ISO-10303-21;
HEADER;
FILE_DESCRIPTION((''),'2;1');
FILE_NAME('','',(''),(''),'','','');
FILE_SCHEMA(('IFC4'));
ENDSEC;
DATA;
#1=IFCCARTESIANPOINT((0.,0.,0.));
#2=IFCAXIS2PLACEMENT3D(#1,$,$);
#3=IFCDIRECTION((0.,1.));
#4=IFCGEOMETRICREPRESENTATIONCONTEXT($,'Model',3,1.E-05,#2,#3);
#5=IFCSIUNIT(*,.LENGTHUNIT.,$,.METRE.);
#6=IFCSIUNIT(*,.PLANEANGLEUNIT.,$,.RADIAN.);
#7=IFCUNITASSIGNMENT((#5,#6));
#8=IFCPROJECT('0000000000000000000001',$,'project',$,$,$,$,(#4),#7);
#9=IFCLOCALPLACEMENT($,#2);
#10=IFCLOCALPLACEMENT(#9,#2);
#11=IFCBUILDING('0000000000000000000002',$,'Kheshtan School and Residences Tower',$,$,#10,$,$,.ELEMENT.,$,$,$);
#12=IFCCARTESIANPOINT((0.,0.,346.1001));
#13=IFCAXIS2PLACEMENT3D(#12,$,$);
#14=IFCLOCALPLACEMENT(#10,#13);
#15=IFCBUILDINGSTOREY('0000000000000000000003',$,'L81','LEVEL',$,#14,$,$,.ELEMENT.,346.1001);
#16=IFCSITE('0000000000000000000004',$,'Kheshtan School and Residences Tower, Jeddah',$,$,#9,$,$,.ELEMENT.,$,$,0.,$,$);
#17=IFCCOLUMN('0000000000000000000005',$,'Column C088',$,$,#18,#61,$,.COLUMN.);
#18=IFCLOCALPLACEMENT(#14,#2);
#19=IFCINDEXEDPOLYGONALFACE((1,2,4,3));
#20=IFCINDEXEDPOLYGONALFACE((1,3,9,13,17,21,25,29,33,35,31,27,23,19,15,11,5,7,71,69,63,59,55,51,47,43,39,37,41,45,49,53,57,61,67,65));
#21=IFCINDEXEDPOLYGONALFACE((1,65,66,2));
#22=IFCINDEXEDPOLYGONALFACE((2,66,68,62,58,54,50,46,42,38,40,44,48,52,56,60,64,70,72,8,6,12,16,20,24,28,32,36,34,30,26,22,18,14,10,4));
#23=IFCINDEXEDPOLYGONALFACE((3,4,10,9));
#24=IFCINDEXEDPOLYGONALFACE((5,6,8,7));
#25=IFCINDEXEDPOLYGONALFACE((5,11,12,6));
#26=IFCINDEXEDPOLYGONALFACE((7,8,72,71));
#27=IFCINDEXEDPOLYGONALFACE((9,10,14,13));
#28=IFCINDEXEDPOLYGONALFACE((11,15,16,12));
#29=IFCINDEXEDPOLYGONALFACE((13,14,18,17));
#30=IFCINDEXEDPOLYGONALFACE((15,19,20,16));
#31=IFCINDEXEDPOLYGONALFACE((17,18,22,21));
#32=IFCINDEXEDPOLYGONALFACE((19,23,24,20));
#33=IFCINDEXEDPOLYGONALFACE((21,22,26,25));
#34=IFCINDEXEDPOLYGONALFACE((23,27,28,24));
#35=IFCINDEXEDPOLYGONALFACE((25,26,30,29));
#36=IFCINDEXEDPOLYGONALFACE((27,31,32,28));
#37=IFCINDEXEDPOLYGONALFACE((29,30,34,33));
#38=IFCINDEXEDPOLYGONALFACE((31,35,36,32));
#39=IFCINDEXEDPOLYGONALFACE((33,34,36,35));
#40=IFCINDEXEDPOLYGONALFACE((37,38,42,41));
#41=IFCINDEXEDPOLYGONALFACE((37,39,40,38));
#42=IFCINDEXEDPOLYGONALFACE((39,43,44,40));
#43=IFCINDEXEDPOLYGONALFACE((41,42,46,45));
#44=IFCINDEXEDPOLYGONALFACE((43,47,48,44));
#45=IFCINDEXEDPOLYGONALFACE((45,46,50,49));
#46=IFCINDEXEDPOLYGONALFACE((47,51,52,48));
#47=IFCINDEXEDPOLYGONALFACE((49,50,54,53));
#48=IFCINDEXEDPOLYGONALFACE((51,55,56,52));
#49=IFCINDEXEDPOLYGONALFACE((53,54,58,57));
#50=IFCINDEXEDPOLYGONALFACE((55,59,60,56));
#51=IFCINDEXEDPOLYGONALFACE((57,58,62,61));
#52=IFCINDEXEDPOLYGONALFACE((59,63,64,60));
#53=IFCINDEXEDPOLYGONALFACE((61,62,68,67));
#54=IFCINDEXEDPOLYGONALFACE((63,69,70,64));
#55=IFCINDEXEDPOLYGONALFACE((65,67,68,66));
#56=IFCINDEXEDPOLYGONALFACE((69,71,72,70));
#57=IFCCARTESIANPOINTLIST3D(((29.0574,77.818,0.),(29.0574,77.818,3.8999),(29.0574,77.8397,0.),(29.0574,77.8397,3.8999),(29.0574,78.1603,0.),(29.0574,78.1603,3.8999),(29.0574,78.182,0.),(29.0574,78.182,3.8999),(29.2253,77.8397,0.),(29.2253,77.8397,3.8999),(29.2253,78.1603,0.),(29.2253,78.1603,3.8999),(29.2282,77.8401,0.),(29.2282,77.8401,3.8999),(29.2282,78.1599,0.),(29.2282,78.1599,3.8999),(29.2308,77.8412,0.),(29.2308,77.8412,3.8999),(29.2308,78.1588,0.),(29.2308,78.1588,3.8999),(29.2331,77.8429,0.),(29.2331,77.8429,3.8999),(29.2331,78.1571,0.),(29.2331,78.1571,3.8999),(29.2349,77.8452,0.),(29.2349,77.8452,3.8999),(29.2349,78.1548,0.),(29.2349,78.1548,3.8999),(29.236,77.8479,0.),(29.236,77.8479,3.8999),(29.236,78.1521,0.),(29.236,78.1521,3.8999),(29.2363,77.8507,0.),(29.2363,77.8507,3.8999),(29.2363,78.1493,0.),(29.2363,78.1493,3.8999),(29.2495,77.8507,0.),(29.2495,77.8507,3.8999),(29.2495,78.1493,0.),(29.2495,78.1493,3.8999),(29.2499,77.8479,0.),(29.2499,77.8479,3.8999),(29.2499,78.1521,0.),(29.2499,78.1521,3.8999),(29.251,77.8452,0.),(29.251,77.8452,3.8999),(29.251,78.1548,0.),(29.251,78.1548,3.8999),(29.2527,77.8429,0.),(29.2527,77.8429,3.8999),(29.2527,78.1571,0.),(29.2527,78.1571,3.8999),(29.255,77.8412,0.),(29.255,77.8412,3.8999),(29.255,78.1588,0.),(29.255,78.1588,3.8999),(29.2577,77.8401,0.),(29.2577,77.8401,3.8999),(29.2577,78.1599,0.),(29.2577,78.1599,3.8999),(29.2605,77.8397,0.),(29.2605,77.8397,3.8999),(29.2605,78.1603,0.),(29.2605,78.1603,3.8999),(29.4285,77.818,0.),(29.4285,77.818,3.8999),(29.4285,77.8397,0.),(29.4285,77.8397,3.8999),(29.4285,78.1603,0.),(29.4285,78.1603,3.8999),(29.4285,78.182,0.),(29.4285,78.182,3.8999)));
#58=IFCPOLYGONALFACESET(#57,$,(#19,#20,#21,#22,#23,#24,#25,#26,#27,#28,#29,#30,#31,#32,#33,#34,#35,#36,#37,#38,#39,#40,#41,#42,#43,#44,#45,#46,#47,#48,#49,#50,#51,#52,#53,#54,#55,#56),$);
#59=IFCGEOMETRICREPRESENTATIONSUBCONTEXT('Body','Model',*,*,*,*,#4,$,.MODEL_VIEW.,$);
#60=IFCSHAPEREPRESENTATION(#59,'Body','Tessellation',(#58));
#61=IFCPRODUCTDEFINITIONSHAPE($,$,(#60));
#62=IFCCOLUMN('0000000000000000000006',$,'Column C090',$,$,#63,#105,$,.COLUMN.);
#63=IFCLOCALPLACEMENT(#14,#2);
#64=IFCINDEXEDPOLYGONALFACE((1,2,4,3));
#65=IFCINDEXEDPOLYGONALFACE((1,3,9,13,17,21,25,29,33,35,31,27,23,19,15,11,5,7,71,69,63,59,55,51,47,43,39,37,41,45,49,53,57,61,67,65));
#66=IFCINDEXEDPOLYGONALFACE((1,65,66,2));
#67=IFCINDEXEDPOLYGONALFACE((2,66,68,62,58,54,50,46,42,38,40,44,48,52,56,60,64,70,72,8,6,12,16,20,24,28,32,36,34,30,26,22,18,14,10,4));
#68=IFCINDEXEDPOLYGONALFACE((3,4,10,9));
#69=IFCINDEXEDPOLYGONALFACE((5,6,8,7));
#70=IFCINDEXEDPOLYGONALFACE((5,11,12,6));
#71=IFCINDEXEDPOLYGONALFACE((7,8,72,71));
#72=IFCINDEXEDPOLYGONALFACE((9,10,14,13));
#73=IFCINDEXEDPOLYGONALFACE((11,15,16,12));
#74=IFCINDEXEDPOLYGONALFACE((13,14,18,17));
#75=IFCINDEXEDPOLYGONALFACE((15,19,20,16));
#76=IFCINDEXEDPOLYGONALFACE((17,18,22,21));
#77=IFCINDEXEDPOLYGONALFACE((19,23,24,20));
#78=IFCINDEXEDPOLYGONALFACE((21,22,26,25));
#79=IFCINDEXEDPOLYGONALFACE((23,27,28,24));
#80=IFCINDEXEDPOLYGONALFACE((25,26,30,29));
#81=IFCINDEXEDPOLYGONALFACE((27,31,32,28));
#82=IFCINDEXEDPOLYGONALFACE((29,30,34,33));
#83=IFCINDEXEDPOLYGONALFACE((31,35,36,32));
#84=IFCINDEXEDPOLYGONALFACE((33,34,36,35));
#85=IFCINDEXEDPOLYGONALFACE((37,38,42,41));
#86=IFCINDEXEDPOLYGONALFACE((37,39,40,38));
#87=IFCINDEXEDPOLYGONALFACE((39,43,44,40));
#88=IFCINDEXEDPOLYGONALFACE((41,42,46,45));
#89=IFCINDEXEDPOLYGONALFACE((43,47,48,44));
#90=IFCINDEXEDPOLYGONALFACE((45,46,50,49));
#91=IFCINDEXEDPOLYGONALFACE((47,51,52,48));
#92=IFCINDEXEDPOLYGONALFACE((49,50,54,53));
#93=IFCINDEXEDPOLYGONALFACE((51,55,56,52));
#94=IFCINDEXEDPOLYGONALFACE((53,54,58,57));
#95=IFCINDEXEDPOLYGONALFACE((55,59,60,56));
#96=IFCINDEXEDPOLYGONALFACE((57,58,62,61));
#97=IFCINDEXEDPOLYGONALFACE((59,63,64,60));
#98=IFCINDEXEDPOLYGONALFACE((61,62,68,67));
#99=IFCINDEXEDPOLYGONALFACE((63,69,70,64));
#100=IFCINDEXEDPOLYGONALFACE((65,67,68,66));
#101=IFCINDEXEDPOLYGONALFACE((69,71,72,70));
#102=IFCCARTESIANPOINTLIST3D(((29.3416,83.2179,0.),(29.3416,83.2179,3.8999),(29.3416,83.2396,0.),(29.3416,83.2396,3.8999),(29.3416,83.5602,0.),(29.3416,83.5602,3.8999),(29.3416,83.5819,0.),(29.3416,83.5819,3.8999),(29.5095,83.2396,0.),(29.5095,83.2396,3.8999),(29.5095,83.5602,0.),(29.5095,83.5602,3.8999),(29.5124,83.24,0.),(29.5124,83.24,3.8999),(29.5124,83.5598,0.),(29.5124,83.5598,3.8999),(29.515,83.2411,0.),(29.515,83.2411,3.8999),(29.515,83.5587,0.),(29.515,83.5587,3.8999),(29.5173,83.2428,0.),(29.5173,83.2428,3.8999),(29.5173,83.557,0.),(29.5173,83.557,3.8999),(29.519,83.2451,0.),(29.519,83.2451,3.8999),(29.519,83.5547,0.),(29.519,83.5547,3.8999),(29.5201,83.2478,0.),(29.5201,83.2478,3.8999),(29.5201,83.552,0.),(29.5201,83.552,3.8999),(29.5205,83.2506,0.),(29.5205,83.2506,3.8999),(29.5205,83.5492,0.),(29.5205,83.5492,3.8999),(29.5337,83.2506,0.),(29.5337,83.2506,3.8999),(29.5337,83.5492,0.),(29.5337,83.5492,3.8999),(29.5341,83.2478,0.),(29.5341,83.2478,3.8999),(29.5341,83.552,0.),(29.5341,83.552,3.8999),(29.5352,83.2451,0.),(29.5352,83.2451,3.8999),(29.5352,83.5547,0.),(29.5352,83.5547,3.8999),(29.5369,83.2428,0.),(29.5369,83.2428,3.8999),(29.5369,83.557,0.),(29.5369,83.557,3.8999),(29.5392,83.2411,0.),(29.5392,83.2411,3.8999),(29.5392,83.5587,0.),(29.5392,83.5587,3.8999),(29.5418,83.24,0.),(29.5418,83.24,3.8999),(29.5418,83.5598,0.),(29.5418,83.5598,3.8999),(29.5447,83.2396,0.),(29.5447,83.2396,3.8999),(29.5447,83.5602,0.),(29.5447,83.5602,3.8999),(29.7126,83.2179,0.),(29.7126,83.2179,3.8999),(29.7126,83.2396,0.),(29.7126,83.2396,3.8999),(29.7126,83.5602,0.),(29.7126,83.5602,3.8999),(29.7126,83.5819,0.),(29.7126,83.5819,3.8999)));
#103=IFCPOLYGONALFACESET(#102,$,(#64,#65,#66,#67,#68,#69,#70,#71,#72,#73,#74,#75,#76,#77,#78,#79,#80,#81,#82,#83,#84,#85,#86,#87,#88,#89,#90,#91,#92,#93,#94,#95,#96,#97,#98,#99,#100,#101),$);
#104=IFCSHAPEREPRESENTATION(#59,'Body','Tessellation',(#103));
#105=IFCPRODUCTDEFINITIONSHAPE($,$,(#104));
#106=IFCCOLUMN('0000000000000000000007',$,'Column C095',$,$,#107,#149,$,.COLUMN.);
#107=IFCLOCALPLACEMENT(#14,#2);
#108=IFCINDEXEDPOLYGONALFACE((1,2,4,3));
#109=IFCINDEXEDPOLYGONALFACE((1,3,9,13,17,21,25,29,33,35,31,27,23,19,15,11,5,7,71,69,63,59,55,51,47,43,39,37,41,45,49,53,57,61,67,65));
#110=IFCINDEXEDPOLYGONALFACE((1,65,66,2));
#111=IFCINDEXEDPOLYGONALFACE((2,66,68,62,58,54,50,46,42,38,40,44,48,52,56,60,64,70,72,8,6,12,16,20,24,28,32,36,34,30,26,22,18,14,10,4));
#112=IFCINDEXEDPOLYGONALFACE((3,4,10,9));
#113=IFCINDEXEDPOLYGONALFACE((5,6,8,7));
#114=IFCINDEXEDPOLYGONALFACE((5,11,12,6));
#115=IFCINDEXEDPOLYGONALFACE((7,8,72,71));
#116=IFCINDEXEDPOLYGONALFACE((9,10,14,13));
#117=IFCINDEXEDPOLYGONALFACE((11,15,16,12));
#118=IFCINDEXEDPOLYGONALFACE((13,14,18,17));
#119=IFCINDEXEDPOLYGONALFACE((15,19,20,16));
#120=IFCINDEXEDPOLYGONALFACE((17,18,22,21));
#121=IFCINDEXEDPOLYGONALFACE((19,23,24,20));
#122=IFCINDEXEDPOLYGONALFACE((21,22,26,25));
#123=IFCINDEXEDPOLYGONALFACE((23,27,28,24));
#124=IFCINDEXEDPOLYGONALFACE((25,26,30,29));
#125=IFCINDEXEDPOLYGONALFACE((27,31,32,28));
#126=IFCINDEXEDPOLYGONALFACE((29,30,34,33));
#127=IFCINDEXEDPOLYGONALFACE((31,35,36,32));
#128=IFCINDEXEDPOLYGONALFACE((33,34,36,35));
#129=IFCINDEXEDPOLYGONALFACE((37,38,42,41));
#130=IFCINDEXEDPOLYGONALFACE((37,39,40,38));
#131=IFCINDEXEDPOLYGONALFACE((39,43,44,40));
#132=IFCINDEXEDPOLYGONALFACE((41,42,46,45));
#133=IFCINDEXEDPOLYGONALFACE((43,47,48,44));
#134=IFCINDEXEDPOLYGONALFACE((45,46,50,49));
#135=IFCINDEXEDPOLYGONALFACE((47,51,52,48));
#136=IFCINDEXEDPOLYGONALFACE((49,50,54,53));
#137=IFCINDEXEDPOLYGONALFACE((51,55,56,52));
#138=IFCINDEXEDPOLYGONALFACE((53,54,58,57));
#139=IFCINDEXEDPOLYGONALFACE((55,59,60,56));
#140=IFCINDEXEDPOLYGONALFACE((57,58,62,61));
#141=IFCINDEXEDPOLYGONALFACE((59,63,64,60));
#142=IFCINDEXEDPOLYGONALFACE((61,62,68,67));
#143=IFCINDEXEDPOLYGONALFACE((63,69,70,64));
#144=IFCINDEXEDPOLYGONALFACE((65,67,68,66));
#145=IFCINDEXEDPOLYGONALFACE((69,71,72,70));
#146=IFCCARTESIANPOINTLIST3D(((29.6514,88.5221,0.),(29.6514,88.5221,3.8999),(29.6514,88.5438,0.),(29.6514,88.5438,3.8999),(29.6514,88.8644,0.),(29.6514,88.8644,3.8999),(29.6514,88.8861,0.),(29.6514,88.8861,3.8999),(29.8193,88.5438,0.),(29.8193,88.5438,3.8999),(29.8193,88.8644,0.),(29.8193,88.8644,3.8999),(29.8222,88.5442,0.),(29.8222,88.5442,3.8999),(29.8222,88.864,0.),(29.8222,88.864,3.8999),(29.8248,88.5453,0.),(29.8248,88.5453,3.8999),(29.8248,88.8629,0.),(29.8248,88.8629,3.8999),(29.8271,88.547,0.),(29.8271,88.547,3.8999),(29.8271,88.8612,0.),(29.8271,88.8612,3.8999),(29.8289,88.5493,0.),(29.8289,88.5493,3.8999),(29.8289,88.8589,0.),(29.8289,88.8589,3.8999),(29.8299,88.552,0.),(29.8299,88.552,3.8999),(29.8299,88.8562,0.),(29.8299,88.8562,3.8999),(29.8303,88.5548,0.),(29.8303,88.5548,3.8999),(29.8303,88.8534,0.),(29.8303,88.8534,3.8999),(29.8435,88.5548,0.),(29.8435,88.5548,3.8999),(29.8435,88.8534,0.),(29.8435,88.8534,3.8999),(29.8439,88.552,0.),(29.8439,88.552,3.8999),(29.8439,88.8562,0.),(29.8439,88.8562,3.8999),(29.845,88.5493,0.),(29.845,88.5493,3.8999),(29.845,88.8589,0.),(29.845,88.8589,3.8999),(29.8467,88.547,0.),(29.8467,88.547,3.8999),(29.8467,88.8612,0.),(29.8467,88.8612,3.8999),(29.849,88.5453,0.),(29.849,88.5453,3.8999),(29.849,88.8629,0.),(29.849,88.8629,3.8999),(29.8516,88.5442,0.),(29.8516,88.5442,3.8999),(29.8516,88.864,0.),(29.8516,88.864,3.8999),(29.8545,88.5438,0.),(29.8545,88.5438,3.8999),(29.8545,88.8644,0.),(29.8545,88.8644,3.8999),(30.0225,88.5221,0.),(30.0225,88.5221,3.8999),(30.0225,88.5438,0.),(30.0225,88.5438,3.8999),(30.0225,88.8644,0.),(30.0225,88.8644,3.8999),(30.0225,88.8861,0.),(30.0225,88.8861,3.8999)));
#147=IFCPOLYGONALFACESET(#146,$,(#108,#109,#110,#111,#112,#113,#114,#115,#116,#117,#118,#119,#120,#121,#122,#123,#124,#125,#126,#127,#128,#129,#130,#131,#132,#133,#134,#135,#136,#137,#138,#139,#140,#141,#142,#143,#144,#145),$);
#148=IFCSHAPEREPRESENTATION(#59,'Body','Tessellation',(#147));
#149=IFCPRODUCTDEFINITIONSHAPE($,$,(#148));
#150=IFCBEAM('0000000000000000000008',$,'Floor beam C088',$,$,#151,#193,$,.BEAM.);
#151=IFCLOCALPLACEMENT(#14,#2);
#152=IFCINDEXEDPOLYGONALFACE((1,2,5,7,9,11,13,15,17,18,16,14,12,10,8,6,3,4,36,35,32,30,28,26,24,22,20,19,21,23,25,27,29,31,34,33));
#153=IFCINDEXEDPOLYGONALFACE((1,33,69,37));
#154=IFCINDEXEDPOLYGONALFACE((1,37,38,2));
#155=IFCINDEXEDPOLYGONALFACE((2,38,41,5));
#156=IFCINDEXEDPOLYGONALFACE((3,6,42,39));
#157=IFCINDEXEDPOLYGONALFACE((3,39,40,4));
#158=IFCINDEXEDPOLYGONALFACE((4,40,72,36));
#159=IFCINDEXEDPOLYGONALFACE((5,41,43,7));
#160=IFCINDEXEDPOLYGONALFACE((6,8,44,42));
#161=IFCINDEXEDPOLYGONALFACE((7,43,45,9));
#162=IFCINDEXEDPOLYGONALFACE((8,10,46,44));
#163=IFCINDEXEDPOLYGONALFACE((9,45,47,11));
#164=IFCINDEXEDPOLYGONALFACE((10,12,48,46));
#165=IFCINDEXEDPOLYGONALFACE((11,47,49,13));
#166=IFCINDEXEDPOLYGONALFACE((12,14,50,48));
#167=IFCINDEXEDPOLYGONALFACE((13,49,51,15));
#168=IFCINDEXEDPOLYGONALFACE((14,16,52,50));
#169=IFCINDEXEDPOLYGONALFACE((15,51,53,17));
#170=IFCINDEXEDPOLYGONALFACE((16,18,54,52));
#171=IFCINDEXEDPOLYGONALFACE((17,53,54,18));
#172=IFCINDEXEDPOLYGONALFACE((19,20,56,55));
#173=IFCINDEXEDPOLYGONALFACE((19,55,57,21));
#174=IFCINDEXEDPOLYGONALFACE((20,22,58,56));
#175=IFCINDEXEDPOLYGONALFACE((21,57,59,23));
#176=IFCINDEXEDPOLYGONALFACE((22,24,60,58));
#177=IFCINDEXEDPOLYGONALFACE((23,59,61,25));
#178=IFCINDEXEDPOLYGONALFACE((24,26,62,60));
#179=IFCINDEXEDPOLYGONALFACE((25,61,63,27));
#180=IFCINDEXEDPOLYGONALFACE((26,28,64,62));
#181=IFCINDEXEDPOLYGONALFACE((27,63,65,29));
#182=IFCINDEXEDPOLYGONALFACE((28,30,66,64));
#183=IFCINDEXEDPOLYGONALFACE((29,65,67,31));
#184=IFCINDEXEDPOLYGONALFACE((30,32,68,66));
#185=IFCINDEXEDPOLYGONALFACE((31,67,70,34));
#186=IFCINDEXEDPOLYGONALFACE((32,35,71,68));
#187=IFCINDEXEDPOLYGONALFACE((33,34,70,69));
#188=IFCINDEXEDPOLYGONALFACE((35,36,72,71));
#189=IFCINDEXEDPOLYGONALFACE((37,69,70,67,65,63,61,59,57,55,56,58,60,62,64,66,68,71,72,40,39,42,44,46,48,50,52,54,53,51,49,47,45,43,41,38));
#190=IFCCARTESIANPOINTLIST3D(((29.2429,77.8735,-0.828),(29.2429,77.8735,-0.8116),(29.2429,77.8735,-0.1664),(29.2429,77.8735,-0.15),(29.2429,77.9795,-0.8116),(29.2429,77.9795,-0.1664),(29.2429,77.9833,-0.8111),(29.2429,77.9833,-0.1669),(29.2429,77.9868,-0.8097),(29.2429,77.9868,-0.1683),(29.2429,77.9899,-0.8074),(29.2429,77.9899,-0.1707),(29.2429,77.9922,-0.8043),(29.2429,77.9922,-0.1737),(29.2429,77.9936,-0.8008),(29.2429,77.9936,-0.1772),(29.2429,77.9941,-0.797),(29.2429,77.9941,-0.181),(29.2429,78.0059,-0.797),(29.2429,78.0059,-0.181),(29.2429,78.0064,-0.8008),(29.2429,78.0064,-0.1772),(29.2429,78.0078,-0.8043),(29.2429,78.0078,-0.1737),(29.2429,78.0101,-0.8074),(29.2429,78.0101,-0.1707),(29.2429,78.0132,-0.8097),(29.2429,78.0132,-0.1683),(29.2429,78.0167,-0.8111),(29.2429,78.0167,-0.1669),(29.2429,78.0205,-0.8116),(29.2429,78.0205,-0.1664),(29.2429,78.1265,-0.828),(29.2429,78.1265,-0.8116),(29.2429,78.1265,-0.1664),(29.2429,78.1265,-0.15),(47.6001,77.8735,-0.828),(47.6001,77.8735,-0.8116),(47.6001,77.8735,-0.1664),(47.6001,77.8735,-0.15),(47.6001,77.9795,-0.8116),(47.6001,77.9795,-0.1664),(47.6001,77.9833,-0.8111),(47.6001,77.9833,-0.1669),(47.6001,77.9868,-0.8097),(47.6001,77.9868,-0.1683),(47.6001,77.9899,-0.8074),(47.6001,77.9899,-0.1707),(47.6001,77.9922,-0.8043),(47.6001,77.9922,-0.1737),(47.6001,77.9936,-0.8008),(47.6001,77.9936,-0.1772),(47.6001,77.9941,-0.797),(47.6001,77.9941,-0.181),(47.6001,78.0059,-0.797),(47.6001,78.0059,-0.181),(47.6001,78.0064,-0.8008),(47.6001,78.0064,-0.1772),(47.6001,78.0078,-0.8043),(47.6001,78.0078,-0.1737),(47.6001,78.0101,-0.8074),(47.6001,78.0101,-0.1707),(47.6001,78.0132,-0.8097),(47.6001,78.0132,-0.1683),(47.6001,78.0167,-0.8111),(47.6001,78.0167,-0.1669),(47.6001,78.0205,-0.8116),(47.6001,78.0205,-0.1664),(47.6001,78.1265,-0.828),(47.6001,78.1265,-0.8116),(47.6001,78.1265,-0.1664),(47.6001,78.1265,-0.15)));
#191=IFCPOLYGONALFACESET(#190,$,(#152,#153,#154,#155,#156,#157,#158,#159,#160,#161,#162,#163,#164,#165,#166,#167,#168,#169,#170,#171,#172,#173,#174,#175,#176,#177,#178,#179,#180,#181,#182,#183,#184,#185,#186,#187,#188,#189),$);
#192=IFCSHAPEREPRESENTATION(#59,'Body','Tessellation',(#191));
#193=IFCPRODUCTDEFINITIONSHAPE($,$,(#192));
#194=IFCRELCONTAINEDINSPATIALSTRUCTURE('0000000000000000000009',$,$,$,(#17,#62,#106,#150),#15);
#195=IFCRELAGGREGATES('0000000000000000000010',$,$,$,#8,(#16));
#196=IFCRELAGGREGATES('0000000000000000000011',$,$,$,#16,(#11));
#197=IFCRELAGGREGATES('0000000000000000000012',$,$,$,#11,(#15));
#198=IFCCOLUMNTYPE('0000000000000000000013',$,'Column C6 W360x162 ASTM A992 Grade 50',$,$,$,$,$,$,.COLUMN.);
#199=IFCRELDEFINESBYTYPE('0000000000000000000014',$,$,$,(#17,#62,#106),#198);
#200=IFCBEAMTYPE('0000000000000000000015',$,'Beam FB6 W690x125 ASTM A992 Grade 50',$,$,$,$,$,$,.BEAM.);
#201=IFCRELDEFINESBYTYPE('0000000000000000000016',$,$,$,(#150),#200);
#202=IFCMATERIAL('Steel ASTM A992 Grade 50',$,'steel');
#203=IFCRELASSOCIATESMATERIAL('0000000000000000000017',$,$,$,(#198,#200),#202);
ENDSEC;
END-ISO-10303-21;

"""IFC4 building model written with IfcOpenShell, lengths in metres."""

from ifc_helpers import new_model, si_unit, direction, frame, origin, origin_2d, place, context, subcontext, project, spatial, i_section, extrude, material, material_profile, profile_set, type_object, element, save


model = new_model("IFC4")

# Units and contexts
model_context = context("Model", 3, precision=1e-05, world=origin(), true_north=direction((0.0, 1.0)))
body_context = subcontext(model_context, "Body", "Model", "MODEL_VIEW")
ifc_project = project(units=[si_unit("LENGTHUNIT", "METRE"), si_unit("PLANEANGLEUNIT", "RADIAN")], contexts=[model_context])

# Site, building, storey
site_placement = place(None, origin())
site = spatial("IfcSite", under=ifc_project, at=site_placement, Name="Kheshtan School and Residences Tower, Jeddah", CompositionType="ELEMENT", RefElevation=0.0)
building_placement = place(site_placement, origin())
building = spatial("IfcBuilding", under=site, at=building_placement, Name="Kheshtan School and Residences Tower", CompositionType="ELEMENT")
storey_placement = place(building_placement, frame((0.0, 0.0, 346.1001)))
storey = spatial("IfcBuildingStorey", under=building, at=storey_placement, Name="L81", Description="LEVEL", CompositionType="ELEMENT", Elevation=346.1001)

# Columns
ifc_material_1 = material(Name="Steel ASTM A992 Grade 50", Category="steel")
ifc_material_profile_1 = material_profile(ifc_material_1, i_section(OverallWidth=0.3711, OverallDepth=0.364, WebThickness=0.0132, FlangeThickness=0.0217, FilletRadius=0.011, at=origin_2d()), Name="W360x162")
ifc_profile_set_1 = profile_set([ifc_material_profile_1], Name="Steel ASTM A992 Grade 50")
column_type = type_object("IfcColumnType", Name="Column C6 W360x162 ASTM A992 Grade 50", PredefinedType="COLUMN", material=ifc_profile_set_1)
for number, where, z_axis, x_axis, name in (
    (1, (29.2429, 78.0, 0.0), (0.0, 0.0, 1.0), (1.0, 0.0, 0.0), "Column C088"),
    (2, (29.5271, 83.3999, 0.0), (0.0, 0.0, 1.0), (1.0, 0.0, 0.0), "Column C090"),
    (3, (29.8369, 88.7041, 0.0), (0.0, 0.0, 1.0), (1.0, 0.0, 0.0), "Column C095"),
):
    element("IfcColumn", number, at=place(storey_placement, frame(where, z_axis=z_axis, x_axis=x_axis)), inside=storey, type_object=column_type, Name=name, PredefinedType="COLUMN", context=body_context, shape_type="SweptSolid", body=[
        extrude(i_section(OverallWidth=0.3711, OverallDepth=0.364, WebThickness=0.0132, FlangeThickness=0.0217, FilletRadius=0.011, at=origin_2d()), origin(), (0.0, 0.0, 1.0), 3.8999),
    ])

# Beam
ifc_material_profile_2 = material_profile(ifc_material_1, i_section(OverallWidth=0.2529, OverallDepth=0.678, WebThickness=0.0117, FlangeThickness=0.0164, FilletRadius=0.0146, at=origin_2d()), Name="W690x125")
ifc_profile_set_2 = profile_set([ifc_material_profile_2], Name="Steel ASTM A992 Grade 50")
beam_type_1 = type_object("IfcBeamType", Name="Beam FB6 W690x125 ASTM A992 Grade 50", PredefinedType="BEAM", material=ifc_profile_set_2)
beam_1_placement = place(storey_placement, frame((29.2429, 78.0, -0.489), z_axis=(1.0, 0.0, 0.0), x_axis=(0.0, 1.0, 0.0)))
element("IfcBeam", 4, at=beam_1_placement, inside=storey, type_object=beam_type_1, Name="Floor beam C088", PredefinedType="BEAM", context=body_context, shape_type="SweptSolid", body=[
    extrude(i_section(OverallWidth=0.2529, OverallDepth=0.678, WebThickness=0.0117, FlangeThickness=0.0164, FilletRadius=0.0146, at=origin_2d()), origin(), (0.0, 0.0, 1.0), 18.3572),
])

save(model, "model.ifc")
